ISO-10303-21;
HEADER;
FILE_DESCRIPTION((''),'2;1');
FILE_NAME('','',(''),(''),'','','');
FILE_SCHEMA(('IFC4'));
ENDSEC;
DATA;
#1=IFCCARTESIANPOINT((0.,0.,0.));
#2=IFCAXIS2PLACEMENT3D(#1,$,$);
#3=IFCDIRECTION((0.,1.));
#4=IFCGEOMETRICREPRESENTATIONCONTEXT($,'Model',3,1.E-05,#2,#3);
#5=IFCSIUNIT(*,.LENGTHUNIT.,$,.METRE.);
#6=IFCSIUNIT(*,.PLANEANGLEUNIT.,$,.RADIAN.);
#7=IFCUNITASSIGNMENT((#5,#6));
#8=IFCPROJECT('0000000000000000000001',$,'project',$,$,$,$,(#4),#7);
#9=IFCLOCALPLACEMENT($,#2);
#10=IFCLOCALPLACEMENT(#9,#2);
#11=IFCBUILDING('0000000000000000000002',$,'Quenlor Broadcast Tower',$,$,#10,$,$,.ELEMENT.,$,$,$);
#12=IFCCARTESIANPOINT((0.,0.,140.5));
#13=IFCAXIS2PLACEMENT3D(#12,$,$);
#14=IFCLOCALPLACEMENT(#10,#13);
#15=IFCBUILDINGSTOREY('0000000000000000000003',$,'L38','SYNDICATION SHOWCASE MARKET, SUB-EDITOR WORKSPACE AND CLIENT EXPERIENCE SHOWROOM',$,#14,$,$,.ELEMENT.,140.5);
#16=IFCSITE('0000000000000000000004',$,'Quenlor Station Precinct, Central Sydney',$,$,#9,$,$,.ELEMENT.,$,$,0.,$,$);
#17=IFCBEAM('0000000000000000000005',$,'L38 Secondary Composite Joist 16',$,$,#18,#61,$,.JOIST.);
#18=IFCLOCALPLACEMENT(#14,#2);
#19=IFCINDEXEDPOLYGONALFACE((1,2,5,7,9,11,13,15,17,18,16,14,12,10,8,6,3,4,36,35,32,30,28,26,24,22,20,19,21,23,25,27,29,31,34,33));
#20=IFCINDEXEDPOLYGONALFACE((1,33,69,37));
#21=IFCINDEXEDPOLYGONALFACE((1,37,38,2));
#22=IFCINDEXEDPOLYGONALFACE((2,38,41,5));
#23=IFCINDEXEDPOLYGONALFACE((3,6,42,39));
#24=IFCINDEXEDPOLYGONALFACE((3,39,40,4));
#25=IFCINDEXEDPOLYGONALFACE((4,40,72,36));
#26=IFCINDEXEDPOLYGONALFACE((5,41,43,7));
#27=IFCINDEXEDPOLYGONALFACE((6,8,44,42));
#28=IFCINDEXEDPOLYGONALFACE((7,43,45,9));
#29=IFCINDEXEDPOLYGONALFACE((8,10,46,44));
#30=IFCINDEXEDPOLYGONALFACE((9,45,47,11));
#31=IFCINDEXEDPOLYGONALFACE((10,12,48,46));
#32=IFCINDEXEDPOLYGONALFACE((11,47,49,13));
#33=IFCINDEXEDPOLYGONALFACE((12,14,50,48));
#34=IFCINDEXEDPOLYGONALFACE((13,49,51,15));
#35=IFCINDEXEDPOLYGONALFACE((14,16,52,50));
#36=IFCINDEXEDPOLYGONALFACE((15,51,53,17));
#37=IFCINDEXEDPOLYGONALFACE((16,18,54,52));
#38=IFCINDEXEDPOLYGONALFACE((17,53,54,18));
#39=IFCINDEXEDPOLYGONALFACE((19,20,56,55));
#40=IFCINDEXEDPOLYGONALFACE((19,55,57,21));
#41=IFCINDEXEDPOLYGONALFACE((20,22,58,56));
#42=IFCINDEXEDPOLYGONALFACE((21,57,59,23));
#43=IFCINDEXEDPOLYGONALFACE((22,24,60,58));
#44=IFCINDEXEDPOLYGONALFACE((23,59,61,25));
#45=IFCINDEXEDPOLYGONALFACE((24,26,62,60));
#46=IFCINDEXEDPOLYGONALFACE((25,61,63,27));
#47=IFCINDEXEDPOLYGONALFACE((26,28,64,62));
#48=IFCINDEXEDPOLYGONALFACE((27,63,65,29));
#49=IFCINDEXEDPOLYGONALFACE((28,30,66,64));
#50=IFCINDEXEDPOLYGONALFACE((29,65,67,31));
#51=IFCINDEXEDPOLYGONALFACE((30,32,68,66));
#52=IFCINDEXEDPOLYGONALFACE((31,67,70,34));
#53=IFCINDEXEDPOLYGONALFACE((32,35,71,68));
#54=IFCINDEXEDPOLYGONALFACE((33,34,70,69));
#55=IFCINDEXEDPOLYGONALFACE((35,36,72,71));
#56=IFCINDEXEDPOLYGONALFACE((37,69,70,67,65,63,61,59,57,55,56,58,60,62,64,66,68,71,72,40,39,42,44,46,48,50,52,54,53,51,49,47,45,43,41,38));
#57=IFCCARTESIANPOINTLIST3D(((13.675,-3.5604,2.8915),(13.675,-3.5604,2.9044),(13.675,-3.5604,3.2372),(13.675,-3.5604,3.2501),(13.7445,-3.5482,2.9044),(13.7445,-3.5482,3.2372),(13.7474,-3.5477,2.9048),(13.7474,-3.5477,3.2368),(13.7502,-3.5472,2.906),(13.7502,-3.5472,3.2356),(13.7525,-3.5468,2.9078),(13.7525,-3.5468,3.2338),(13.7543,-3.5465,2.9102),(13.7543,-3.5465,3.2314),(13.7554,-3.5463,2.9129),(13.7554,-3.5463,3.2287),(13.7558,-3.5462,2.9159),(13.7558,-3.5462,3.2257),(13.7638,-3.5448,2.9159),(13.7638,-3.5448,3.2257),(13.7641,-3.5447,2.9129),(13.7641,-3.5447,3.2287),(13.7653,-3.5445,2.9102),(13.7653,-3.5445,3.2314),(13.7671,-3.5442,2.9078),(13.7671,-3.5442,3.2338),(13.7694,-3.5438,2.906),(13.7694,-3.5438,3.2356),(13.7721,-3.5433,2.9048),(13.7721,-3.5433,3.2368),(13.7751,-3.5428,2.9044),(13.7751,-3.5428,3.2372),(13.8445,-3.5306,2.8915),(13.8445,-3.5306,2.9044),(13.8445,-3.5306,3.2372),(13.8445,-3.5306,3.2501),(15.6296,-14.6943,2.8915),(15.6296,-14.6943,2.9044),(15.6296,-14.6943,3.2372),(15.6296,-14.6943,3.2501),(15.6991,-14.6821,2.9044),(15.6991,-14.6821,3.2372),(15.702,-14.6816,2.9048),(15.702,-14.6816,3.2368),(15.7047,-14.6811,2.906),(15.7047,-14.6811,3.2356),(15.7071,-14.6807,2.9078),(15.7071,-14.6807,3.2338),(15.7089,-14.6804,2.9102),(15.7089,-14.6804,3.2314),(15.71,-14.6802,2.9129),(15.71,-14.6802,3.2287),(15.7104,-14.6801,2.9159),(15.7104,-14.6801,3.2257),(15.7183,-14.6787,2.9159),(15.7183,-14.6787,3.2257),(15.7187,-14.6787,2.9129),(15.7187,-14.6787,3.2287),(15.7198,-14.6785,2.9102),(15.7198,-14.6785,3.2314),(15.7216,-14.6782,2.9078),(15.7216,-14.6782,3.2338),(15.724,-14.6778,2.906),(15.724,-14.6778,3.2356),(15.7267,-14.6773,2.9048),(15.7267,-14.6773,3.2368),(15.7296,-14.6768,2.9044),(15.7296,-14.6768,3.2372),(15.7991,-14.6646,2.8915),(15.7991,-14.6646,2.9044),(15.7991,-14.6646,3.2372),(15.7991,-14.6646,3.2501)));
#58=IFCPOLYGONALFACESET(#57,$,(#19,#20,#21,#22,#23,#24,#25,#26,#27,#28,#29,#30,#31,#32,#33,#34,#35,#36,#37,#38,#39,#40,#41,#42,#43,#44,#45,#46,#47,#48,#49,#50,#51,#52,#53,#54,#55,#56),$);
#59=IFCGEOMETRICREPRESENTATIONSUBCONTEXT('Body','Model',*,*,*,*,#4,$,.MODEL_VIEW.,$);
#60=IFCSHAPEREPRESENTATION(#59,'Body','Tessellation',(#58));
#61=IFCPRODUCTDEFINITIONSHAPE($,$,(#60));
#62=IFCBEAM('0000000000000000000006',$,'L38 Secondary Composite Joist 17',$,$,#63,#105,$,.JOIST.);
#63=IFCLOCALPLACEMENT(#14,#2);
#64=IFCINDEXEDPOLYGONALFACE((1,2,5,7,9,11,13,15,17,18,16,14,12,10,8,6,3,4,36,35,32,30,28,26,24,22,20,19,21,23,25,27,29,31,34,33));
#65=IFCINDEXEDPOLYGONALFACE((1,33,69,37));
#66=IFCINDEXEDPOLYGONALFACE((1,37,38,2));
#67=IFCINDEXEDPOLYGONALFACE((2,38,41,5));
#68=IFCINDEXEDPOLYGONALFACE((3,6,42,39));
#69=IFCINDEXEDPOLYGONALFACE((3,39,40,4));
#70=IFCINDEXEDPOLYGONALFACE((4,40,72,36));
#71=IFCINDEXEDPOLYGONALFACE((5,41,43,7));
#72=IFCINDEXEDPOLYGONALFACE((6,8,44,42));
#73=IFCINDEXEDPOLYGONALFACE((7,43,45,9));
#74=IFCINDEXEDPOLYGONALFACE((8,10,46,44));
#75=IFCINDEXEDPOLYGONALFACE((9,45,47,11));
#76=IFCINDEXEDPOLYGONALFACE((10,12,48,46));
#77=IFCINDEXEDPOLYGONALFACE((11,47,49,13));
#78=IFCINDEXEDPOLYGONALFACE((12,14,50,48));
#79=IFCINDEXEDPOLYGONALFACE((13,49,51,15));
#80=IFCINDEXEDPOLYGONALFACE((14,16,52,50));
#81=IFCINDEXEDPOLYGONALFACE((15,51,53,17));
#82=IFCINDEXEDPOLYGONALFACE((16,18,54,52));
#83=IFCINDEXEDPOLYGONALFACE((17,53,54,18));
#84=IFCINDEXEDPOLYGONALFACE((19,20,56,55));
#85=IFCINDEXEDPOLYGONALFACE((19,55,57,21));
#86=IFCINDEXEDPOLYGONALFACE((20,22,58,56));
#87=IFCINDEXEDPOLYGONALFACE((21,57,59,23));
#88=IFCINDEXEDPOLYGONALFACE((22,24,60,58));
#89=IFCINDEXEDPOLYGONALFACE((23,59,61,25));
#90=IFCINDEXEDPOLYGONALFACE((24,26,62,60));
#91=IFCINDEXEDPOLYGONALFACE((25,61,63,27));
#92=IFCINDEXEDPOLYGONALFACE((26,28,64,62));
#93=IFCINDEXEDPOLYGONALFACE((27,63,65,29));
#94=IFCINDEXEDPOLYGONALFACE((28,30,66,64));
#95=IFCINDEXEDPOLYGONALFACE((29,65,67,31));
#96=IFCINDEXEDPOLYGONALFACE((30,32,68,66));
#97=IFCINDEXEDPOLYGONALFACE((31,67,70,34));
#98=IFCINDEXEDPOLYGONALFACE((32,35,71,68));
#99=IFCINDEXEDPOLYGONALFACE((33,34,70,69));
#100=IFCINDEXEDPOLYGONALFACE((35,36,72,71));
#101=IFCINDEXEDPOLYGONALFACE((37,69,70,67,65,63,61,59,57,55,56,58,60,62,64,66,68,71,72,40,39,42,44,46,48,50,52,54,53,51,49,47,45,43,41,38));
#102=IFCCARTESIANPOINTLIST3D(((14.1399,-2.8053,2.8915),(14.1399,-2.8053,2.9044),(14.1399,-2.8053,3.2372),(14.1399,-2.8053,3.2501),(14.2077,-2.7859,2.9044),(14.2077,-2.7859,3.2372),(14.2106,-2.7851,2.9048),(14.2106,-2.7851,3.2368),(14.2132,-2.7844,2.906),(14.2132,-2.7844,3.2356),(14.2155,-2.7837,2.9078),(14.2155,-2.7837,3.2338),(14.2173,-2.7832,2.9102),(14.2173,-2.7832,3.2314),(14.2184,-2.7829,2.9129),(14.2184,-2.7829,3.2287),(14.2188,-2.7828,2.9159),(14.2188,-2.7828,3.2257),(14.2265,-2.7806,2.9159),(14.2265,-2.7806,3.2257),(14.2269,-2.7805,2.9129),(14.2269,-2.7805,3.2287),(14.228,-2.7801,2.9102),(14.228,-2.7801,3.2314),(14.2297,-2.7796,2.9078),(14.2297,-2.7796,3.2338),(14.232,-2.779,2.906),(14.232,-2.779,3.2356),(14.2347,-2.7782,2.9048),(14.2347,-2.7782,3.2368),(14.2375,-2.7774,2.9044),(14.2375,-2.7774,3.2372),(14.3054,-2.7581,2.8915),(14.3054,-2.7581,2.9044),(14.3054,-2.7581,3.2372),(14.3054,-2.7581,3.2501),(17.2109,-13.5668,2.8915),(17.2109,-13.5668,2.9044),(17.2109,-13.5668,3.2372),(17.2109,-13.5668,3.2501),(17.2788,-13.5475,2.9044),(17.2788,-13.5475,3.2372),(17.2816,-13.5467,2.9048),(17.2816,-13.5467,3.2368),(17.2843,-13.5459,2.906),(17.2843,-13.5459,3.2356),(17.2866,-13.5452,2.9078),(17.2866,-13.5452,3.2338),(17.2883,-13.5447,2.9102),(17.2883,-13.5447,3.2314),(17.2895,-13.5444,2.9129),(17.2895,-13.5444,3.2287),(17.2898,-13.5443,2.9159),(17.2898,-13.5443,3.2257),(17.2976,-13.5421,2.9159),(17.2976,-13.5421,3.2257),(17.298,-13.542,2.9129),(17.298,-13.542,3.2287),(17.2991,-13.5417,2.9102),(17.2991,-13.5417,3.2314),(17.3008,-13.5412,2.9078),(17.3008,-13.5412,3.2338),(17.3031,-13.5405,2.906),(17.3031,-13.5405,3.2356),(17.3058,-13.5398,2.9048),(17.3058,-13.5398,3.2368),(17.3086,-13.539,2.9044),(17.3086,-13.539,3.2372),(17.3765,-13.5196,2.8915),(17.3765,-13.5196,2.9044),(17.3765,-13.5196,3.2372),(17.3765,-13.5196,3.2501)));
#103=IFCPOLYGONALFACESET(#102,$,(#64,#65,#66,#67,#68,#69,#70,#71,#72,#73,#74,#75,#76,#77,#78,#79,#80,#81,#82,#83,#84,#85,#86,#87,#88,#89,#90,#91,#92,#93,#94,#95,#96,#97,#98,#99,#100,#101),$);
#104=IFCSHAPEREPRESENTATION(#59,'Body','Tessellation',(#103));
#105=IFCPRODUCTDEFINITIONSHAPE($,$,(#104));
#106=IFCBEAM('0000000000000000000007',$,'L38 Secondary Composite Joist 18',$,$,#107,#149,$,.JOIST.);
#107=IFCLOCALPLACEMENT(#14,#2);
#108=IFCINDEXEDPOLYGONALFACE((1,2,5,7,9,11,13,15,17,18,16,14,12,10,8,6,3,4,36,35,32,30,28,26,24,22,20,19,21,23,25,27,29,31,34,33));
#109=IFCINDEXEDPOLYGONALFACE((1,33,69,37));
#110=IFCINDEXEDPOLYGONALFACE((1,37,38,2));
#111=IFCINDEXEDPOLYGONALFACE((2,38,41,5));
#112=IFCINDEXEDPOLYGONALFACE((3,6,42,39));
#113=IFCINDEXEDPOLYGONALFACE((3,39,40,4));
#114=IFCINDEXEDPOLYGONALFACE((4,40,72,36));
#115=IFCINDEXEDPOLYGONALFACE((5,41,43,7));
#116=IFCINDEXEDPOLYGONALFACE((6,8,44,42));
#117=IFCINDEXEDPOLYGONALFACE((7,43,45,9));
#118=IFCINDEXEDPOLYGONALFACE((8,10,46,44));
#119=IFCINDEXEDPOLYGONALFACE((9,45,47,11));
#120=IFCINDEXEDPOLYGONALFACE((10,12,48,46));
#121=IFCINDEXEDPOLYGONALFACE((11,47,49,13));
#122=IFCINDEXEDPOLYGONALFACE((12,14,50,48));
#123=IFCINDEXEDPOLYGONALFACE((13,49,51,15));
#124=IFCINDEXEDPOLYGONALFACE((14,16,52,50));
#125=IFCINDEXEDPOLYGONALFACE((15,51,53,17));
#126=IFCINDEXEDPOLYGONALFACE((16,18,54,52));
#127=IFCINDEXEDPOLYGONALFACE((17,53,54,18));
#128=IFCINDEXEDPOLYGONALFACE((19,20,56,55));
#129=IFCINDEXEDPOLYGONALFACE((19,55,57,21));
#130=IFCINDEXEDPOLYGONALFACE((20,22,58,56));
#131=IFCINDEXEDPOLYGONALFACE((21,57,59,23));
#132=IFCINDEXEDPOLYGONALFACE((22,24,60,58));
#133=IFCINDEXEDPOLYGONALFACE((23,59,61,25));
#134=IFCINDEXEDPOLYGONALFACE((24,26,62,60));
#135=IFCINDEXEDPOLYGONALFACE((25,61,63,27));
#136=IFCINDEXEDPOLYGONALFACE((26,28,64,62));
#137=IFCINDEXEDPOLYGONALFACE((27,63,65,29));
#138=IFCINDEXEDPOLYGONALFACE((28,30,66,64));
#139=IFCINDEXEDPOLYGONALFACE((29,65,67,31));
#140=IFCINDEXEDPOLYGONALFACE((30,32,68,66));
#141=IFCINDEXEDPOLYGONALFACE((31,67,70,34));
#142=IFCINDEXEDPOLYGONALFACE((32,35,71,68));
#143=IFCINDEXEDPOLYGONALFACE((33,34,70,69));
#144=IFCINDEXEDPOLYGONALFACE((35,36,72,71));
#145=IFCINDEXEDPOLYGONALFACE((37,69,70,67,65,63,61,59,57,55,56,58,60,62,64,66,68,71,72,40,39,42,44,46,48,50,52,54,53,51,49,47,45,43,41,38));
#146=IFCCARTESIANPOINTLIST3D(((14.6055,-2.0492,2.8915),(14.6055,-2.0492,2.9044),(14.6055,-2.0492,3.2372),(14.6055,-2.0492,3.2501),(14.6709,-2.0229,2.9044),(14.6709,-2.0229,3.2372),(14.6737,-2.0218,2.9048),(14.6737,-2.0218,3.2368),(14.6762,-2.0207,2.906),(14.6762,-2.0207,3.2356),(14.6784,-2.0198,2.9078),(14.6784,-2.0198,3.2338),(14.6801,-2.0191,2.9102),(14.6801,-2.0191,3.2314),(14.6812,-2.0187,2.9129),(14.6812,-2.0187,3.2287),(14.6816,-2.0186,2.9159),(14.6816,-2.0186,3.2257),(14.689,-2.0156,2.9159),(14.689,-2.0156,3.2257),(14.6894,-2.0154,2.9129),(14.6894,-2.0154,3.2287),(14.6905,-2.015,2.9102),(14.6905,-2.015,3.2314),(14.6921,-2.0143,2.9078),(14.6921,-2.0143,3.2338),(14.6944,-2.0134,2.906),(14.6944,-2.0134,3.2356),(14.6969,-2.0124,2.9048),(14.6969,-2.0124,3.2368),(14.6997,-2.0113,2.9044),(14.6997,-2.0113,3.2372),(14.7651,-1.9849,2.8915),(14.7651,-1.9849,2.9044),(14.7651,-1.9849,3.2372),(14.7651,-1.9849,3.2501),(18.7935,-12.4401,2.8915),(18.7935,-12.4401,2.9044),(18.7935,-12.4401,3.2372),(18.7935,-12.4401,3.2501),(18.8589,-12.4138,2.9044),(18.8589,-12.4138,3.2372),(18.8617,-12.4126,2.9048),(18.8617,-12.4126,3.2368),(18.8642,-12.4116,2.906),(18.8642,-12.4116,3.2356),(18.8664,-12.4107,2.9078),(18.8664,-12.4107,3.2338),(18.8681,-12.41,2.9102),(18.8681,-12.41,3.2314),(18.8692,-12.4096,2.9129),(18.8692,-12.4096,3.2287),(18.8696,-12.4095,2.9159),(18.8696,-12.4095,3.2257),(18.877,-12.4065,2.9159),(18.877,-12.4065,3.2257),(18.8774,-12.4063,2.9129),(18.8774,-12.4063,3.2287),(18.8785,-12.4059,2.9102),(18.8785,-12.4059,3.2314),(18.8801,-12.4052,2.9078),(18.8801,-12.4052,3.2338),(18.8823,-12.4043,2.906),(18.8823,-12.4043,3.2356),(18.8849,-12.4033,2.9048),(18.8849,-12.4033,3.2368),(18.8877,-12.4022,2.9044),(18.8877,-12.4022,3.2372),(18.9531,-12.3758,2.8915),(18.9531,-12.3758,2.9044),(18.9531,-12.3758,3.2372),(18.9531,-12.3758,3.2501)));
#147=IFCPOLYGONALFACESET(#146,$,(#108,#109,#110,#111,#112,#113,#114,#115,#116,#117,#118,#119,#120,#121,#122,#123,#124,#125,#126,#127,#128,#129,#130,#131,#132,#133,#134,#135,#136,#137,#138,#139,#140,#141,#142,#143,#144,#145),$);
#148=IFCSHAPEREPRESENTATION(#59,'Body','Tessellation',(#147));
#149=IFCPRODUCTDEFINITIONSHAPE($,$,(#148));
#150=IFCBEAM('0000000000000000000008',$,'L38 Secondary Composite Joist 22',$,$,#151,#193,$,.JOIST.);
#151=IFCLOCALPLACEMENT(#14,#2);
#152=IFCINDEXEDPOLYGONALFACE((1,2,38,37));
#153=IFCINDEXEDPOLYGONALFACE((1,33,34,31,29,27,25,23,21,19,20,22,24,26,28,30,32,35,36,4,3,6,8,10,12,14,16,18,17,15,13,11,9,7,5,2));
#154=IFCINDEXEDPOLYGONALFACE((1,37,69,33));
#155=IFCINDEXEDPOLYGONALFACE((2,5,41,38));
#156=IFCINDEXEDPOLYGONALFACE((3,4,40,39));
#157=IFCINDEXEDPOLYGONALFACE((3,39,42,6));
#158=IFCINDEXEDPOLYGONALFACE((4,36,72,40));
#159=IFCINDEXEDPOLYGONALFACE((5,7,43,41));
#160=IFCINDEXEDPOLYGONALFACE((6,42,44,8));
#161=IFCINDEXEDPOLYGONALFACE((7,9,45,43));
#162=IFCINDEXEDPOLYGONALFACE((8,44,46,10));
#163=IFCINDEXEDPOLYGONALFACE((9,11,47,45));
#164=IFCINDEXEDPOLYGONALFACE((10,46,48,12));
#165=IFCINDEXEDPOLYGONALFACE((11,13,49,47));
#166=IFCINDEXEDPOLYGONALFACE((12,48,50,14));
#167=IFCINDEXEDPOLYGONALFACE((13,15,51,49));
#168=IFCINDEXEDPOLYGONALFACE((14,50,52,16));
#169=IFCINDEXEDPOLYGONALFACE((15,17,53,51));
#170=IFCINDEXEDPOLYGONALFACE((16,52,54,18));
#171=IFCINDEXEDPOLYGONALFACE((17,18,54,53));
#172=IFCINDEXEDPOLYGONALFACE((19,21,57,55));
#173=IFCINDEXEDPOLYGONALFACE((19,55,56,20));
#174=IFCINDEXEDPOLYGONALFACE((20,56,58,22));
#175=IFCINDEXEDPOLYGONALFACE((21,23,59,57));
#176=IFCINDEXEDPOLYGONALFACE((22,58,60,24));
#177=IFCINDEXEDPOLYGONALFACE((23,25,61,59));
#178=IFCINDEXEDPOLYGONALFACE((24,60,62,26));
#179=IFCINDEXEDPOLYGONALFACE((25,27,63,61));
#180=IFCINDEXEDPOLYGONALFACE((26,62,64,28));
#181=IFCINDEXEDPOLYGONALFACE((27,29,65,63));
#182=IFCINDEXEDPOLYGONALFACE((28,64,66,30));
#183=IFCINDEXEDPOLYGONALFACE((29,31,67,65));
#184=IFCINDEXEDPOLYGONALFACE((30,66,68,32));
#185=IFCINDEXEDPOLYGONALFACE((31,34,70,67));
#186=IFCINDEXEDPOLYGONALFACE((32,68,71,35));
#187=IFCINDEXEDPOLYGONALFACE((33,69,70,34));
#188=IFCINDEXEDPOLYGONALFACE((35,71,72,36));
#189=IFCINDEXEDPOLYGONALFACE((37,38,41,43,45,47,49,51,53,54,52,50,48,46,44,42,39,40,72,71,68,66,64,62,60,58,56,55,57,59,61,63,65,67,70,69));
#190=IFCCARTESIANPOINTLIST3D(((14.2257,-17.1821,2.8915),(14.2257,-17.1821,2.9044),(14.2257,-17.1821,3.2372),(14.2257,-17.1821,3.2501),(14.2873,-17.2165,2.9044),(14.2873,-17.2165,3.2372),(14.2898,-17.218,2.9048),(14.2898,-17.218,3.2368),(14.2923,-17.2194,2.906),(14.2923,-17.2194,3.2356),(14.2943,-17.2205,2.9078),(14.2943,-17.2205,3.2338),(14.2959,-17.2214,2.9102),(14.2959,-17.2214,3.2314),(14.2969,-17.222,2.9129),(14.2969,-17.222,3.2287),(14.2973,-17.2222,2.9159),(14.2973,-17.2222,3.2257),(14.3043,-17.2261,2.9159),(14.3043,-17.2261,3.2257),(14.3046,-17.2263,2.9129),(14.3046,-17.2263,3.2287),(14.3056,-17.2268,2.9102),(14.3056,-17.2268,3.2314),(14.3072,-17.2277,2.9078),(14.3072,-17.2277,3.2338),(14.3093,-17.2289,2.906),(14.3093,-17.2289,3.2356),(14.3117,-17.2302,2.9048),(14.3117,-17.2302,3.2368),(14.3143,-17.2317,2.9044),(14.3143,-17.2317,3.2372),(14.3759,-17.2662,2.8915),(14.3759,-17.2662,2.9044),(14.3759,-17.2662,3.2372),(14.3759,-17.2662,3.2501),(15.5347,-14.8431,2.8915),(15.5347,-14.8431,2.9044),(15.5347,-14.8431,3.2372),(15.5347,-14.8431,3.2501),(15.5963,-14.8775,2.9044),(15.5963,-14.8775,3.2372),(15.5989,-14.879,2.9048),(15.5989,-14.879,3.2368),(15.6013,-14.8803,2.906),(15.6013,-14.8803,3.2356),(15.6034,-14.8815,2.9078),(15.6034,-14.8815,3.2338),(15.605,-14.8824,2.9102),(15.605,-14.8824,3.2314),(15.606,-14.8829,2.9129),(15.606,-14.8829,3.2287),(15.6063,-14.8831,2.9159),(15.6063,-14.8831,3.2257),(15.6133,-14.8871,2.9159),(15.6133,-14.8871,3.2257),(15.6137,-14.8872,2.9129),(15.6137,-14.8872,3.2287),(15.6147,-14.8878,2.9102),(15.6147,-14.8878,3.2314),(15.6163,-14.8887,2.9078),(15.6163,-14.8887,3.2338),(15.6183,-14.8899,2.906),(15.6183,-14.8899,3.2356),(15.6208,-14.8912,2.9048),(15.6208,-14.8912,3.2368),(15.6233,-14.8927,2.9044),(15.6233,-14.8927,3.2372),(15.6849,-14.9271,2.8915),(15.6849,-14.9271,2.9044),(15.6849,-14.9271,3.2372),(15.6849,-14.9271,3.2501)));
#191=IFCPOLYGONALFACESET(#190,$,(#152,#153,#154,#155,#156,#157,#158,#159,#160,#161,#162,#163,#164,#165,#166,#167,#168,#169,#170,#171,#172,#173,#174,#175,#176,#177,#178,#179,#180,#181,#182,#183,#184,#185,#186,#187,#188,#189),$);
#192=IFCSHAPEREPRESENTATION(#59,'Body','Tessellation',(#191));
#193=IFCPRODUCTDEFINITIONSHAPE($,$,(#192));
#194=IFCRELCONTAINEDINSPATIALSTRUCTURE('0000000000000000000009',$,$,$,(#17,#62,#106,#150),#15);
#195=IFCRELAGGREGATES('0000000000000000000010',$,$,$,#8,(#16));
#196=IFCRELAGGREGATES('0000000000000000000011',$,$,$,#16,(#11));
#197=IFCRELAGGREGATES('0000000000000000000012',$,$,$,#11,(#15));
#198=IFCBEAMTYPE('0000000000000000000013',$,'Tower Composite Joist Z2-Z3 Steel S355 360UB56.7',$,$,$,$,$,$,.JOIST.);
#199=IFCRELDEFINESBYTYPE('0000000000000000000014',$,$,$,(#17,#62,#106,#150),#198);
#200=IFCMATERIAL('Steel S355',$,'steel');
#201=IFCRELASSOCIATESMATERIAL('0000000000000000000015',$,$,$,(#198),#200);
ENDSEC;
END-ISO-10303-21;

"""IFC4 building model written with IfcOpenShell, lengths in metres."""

from ifc_helpers import new_model, si_unit, direction, frame, origin, origin_2d, place, context, subcontext, project, spatial, i_section, extrude, material, material_profile, profile_set, type_object, element, save


model = new_model("IFC4")

# Units and contexts
model_context = context("Model", 3, precision=1e-05, world=origin(), true_north=direction((0.0, 1.0)))
body_context = subcontext(model_context, "Body", "Model", "MODEL_VIEW")
ifc_project = project(units=[si_unit("LENGTHUNIT", "METRE"), si_unit("PLANEANGLEUNIT", "RADIAN")], contexts=[model_context])

# Site, building, storey
site_placement = place(None, origin())
site = spatial("IfcSite", under=ifc_project, at=site_placement, Name="Quenlor Station Precinct, Central Sydney", CompositionType="ELEMENT", RefElevation=0.0)
building_placement = place(site_placement, origin())
building = spatial("IfcBuilding", under=site, at=building_placement, Name="Quenlor Broadcast Tower", CompositionType="ELEMENT")
storey_placement = place(building_placement, frame((0.0, 0.0, 140.5)))
storey = spatial("IfcBuildingStorey", under=building, at=storey_placement, Name="L38", Description="SYNDICATION SHOWCASE MARKET, SUB-EDITOR WORKSPACE AND CLIENT EXPERIENCE SHOWROOM", CompositionType="ELEMENT", Elevation=140.5)

# Beams
ifc_material_1 = material(Name="Steel S355", Category="steel")
ifc_material_profile_1 = material_profile(ifc_material_1, i_section(OverallWidth=0.1721, OverallDepth=0.3586, WebThickness=0.0081, FlangeThickness=0.0129, FilletRadius=0.0115, at=origin_2d()))
ifc_profile_set_1 = profile_set([ifc_material_profile_1], Name="Steel S355 360UB56.7")
beam_type_1 = type_object("IfcBeamType", Name="Tower Composite Joist Z2-Z3 Steel S355 360UB56.7", PredefinedType="JOIST", material=ifc_profile_set_1)
beam_1_placement = place(storey_placement, frame((15.7144, -14.6794, 3.0708), z_axis=(-0.172907, 0.984938, 0.0), x_axis=(-0.984938, -0.172907, 0.0)))
element("IfcBeam", 1, at=beam_1_placement, inside=storey, type_object=beam_type_1, Name="L38 Secondary Composite Joist 16", PredefinedType="JOIST", context=body_context, shape_type="SweptSolid", body=[
    extrude(i_section(OverallWidth=0.1721, OverallDepth=0.3586, WebThickness=0.0081, FlangeThickness=0.0129, FilletRadius=0.0115, at=origin_2d()), origin(), (0.0, 0.0, 1.0), 11.3042),
])
beam_2_placement = place(storey_placement, frame((17.2937, -13.5432, 3.0708), z_axis=(-0.274419, 0.96161, 0.0), x_axis=(-0.96161, -0.274419, 0.0)))
element("IfcBeam", 2, at=beam_2_placement, inside=storey, type_object=beam_type_1, Name="L38 Secondary Composite Joist 17", PredefinedType="JOIST", context=body_context, shape_type="SweptSolid", body=[
    extrude(i_section(OverallWidth=0.1721, OverallDepth=0.3586, WebThickness=0.0081, FlangeThickness=0.0129, FilletRadius=0.0115, at=origin_2d()), origin(), (0.0, 0.0, 1.0), 11.1912),
])
beam_3_placement = place(storey_placement, frame((18.8733, -12.408, 3.0708), z_axis=(-0.373824, 0.9275, 0.0), x_axis=(-0.9275, -0.373824, 0.0)))
element("IfcBeam", 3, at=beam_3_placement, inside=storey, type_object=beam_type_1, Name="L38 Secondary Composite Joist 18", PredefinedType="JOIST", context=body_context, shape_type="SweptSolid", body=[
    extrude(i_section(OverallWidth=0.1721, OverallDepth=0.3586, WebThickness=0.0081, FlangeThickness=0.0129, FilletRadius=0.0115, at=origin_2d()), origin(), (0.0, 0.0, 1.0), 11.2031),
])
beam_4_placement = place(storey_placement, frame((14.3008, -17.2241, 3.0708), z_axis=(0.48837, 0.872636, 0.0), x_axis=(-0.872636, 0.48837, 0.0)))
element("IfcBeam", 4, at=beam_4_placement, inside=storey, type_object=beam_type_1, Name="L38 Secondary Composite Joist 22", PredefinedType="JOIST", context=body_context, shape_type="SweptSolid", body=[
    extrude(i_section(OverallWidth=0.1721, OverallDepth=0.3586, WebThickness=0.0081, FlangeThickness=0.0129, FilletRadius=0.0115, at=origin_2d()), origin(), (0.0, 0.0, 1.0), 2.6804),
])

save(model, "model.ifc")
